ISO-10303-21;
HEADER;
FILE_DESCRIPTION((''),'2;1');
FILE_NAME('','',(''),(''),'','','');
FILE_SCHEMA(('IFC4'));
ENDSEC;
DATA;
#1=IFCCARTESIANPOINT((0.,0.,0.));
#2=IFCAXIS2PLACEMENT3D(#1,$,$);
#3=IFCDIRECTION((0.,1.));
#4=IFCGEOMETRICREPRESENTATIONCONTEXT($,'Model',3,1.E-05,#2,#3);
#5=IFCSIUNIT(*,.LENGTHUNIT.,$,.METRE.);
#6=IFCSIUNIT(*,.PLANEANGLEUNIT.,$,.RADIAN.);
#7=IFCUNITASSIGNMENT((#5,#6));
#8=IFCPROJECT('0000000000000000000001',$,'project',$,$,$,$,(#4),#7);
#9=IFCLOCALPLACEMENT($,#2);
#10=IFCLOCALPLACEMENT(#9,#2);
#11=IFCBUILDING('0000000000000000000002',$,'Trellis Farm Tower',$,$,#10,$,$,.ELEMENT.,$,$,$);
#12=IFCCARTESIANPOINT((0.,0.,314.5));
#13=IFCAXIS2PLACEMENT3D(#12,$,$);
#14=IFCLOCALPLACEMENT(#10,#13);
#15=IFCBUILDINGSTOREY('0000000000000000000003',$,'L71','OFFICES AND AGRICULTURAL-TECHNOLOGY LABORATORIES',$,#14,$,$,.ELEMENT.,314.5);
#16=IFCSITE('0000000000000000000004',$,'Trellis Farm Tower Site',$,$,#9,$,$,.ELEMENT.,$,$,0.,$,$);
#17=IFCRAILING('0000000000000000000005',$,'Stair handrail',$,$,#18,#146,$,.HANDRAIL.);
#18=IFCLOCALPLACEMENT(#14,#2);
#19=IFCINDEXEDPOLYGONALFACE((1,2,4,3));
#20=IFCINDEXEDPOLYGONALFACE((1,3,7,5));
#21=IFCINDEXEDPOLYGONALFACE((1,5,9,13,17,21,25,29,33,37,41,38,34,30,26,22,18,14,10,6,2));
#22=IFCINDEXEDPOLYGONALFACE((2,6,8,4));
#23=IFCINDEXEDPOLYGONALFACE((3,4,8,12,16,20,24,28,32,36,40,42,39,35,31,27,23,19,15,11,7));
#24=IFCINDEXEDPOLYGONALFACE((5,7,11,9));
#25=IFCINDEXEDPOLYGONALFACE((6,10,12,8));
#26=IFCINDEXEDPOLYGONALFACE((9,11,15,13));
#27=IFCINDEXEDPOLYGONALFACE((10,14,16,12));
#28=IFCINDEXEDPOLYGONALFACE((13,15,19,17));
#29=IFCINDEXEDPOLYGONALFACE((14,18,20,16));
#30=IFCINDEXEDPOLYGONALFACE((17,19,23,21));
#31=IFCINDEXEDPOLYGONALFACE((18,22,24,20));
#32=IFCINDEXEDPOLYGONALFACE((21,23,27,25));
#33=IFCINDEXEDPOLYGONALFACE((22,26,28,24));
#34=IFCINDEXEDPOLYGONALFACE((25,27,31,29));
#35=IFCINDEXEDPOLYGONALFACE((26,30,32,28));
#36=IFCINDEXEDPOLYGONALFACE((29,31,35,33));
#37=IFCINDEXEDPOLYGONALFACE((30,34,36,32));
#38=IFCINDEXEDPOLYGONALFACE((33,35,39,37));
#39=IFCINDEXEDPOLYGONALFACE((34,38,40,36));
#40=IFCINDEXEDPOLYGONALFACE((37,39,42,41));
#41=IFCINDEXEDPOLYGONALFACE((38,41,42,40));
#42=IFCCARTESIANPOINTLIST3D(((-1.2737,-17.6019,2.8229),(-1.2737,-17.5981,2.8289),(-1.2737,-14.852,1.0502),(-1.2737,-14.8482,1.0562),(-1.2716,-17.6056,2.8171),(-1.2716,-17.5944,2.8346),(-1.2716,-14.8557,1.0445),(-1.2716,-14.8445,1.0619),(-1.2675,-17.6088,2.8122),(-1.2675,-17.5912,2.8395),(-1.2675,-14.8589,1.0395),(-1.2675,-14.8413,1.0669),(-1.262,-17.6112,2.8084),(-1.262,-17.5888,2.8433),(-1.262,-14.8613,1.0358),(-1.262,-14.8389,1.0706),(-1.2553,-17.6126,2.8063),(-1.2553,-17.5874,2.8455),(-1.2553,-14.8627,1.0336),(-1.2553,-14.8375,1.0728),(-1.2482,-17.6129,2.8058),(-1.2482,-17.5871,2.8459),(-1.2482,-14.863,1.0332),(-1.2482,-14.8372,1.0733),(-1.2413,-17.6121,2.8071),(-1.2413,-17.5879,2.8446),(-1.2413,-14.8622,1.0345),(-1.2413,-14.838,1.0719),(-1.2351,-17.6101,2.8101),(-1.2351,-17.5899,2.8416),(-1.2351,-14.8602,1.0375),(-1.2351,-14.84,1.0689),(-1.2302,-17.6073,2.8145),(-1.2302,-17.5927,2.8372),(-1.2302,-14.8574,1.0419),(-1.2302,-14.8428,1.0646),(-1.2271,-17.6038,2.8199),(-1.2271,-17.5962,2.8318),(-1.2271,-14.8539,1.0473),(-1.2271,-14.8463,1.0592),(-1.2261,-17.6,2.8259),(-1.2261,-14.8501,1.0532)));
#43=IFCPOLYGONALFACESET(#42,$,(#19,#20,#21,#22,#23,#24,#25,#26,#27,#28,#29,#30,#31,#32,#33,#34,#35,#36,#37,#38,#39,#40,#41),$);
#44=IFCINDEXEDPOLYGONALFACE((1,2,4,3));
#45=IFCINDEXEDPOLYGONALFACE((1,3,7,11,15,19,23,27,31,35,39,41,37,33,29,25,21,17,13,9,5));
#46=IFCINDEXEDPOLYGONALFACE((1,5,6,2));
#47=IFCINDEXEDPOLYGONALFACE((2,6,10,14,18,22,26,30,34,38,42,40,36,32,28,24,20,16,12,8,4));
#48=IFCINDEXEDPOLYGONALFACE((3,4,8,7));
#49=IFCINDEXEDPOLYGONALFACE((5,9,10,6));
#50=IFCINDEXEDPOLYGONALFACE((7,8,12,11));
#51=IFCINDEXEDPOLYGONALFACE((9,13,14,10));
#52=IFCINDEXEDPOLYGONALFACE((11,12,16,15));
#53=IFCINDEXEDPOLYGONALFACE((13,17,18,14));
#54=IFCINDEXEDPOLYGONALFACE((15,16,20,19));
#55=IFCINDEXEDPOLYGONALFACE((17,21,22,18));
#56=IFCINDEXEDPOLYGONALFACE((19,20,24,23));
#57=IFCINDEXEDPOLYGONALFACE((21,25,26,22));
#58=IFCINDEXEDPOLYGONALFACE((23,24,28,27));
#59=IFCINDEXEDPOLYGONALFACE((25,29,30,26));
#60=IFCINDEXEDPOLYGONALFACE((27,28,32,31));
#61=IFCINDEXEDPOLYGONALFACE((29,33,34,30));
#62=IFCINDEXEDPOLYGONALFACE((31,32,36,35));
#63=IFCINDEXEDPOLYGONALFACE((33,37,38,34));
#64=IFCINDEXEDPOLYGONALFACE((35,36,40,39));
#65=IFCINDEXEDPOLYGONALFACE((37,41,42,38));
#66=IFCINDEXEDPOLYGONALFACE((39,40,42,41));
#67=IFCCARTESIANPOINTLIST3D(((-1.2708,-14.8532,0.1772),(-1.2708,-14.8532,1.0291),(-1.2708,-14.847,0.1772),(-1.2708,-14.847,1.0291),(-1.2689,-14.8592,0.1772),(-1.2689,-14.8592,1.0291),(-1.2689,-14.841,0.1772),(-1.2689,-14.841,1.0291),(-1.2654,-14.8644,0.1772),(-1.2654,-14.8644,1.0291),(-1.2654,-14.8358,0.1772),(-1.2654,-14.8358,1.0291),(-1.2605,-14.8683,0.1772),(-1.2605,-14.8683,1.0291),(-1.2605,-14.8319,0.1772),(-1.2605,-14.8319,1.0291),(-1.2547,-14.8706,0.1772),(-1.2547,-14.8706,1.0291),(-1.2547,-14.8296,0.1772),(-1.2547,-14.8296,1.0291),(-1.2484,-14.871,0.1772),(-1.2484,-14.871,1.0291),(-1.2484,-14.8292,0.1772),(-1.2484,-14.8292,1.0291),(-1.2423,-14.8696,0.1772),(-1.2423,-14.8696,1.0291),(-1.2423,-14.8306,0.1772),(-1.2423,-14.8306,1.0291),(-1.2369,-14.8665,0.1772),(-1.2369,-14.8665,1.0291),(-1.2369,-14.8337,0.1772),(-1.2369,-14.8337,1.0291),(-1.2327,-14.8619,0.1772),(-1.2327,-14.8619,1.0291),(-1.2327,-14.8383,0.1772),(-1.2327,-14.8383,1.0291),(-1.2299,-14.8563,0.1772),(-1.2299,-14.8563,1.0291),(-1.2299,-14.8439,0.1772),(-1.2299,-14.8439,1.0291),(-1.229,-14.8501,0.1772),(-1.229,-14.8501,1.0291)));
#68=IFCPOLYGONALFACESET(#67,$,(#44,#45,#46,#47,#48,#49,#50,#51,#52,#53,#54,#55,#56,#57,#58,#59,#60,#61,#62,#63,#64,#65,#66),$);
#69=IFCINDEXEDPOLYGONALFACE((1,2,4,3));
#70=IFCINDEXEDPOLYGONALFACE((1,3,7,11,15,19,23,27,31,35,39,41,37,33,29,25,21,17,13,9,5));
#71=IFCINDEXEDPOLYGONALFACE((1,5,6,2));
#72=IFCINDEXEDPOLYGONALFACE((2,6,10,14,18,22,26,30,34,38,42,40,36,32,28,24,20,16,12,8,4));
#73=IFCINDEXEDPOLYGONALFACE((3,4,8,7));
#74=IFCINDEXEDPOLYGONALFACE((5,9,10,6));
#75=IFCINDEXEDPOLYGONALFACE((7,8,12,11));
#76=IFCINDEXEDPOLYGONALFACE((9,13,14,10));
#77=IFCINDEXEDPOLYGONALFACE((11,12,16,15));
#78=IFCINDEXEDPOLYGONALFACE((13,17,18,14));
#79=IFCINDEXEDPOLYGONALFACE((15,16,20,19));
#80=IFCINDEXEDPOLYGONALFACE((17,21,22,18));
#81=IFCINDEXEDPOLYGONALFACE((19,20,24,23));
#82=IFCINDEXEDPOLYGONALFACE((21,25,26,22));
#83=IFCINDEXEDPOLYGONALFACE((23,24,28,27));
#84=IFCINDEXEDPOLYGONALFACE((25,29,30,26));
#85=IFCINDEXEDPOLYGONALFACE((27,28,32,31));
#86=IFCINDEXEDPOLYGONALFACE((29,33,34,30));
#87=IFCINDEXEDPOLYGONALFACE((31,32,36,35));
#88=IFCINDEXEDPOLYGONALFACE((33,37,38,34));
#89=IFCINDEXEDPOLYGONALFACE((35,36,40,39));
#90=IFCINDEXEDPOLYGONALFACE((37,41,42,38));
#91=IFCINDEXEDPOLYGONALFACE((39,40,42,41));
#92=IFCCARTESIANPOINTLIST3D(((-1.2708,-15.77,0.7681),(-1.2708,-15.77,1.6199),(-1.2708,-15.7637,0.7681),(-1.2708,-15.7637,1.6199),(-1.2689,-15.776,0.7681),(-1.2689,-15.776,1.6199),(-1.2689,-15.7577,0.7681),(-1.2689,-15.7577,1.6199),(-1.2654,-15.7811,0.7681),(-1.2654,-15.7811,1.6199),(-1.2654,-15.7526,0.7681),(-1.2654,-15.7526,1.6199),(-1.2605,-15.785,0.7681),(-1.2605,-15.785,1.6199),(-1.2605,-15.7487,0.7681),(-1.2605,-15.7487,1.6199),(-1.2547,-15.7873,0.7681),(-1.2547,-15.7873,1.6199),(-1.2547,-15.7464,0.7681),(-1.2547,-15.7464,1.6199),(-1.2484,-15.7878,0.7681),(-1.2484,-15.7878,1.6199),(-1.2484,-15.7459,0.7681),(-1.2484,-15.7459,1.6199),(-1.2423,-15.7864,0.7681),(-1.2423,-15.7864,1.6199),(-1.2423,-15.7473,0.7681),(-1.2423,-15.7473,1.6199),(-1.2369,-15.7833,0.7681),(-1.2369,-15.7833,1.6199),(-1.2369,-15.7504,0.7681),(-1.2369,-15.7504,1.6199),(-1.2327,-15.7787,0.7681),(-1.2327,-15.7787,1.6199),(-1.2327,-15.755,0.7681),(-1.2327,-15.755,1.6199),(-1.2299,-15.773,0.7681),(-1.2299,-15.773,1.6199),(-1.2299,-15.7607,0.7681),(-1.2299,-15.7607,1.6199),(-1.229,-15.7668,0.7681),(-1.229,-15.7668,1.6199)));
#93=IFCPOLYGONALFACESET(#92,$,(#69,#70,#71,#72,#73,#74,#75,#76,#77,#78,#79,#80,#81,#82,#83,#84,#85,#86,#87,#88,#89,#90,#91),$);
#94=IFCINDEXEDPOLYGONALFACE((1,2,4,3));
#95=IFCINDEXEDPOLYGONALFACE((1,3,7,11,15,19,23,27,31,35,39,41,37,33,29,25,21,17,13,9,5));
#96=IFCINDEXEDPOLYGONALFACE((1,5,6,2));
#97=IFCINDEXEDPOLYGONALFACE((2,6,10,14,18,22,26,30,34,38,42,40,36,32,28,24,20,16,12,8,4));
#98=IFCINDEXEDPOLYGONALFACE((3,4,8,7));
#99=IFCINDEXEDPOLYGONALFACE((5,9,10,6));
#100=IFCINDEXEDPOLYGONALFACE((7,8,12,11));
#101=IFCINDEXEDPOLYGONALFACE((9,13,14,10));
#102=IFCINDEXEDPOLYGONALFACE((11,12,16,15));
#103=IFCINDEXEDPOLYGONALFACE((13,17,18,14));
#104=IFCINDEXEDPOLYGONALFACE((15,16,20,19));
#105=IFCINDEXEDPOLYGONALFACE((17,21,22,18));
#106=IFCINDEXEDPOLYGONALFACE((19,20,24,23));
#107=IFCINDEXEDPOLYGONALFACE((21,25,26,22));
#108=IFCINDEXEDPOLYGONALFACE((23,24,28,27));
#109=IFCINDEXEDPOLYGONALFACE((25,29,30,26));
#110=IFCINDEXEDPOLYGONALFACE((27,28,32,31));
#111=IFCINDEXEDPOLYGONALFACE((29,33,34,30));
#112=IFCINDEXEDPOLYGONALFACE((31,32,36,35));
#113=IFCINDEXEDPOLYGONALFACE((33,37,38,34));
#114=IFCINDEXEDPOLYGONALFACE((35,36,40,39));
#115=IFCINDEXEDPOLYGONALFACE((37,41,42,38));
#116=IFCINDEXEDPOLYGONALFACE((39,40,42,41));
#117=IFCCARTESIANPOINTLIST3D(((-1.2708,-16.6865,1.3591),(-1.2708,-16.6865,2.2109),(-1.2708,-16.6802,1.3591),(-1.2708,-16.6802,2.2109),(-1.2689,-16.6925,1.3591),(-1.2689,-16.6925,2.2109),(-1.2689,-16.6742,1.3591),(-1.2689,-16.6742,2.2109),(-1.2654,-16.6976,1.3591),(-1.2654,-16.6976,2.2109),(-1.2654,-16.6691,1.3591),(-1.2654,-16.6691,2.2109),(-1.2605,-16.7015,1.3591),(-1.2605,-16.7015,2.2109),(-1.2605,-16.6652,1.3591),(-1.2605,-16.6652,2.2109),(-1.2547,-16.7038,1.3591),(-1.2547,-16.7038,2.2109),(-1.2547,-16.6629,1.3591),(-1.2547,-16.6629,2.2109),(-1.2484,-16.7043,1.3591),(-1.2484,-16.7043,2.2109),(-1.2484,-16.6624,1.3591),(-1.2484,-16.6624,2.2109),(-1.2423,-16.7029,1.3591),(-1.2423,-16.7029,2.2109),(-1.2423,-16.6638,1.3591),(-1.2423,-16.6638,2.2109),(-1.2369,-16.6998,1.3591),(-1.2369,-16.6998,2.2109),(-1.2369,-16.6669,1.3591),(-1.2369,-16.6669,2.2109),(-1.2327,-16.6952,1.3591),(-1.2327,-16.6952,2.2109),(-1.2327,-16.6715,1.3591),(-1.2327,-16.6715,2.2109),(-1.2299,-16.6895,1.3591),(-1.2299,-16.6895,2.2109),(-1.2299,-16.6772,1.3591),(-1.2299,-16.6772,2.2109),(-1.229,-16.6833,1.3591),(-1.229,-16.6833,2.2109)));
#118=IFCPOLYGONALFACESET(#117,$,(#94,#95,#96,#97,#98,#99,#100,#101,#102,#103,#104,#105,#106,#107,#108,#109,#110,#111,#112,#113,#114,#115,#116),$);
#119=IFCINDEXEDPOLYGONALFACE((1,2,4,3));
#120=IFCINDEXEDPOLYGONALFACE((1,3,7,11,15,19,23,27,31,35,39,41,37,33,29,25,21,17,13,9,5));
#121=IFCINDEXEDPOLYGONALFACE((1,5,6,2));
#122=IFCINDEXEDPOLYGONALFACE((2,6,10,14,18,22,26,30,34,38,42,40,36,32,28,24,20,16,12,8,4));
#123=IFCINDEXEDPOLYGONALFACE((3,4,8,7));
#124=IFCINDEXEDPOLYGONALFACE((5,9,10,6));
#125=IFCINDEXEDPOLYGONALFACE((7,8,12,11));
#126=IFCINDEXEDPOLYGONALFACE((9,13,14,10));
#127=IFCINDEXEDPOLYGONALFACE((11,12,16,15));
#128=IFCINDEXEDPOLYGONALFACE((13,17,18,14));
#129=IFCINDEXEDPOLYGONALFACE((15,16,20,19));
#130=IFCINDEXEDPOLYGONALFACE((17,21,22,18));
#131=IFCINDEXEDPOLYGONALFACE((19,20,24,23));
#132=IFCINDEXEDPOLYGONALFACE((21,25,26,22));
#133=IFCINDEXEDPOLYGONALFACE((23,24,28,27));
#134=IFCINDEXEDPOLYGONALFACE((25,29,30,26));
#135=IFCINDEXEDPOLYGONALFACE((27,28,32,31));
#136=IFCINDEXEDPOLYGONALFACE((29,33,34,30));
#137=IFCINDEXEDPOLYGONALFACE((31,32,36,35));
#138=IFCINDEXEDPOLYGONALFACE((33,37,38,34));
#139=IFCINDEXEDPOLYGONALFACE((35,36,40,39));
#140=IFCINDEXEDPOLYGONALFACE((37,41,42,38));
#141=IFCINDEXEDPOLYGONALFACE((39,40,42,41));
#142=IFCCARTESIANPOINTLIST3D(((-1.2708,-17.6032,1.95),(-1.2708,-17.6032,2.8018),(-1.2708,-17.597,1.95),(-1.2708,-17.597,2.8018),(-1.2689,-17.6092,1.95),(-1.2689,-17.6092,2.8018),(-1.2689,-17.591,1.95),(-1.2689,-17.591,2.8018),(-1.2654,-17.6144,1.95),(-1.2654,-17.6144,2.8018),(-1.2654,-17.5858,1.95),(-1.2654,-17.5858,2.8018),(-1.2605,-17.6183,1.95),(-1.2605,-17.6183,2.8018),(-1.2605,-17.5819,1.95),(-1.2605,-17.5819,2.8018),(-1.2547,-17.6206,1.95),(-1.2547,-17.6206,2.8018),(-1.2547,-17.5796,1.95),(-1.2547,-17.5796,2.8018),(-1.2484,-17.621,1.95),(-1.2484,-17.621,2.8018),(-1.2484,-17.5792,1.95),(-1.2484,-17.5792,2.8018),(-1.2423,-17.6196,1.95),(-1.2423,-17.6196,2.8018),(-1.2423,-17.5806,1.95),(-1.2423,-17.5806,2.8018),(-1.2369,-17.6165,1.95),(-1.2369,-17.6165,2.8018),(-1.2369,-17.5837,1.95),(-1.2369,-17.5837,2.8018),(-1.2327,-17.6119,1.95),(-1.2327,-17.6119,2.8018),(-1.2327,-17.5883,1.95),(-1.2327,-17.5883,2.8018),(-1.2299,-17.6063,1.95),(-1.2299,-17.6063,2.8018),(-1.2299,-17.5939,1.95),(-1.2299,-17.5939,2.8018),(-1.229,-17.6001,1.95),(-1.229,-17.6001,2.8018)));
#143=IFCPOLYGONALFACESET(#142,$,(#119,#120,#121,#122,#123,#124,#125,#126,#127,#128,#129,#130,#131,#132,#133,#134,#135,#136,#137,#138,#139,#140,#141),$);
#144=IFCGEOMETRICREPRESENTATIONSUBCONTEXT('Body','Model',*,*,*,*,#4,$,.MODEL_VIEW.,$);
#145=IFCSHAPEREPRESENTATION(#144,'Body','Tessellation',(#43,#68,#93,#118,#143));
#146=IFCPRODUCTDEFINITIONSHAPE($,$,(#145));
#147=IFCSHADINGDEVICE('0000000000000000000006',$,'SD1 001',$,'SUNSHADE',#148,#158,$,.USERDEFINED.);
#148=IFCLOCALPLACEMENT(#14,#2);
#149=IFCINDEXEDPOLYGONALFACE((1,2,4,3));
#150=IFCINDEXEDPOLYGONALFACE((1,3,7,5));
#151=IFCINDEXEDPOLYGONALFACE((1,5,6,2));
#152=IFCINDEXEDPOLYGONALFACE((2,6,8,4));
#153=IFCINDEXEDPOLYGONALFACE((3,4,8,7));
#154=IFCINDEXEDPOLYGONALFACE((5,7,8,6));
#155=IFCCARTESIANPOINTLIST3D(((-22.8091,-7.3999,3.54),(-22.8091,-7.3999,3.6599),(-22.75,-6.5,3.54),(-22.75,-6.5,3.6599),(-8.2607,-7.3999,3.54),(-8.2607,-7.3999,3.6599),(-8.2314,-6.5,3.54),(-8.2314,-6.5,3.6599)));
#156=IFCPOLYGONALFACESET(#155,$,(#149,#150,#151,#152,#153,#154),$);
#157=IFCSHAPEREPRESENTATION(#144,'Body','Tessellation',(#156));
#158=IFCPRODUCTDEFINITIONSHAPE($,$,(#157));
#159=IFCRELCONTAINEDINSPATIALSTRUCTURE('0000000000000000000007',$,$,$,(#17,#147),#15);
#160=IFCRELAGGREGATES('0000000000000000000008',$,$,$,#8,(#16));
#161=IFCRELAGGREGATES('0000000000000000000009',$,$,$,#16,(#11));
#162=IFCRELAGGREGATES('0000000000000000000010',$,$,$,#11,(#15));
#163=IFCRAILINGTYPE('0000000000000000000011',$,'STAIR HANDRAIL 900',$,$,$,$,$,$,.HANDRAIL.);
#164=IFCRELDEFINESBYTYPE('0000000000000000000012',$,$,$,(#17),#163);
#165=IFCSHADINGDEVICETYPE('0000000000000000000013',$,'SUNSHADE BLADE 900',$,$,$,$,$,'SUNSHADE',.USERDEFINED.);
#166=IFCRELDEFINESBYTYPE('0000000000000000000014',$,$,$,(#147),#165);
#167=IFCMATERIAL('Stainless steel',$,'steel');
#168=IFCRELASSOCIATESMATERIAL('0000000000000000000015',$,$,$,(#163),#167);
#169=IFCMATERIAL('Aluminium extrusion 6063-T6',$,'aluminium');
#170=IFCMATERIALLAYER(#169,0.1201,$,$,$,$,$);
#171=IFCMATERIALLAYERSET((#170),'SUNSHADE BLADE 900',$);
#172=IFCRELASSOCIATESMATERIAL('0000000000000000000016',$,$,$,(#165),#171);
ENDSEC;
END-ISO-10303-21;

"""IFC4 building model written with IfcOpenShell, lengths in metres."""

from ifc_helpers import new_model, si_unit, direction, frame, origin, origin_2d, place, context, subcontext, project, spatial, polyline, circle, outline, extrude, source, transform, mapped, material, layer, layer_set, type_object, element, save


model = new_model("IFC4")

# Units and contexts
model_context = context("Model", 3, precision=1e-05, world=origin(), true_north=direction((0.0, 1.0)))
body_context = subcontext(model_context, "Body", "Model", "MODEL_VIEW")
ifc_project = project(units=[si_unit("LENGTHUNIT", "METRE"), si_unit("PLANEANGLEUNIT", "RADIAN")], contexts=[model_context])

# Site, building, storey
site_placement = place(None, origin())
site = spatial("IfcSite", under=ifc_project, at=site_placement, Name="Trellis Farm Tower Site", CompositionType="ELEMENT", RefElevation=0.0)
building_placement = place(site_placement, origin())
building = spatial("IfcBuilding", under=site, at=building_placement, Name="Trellis Farm Tower", CompositionType="ELEMENT")
storey_placement = place(building_placement, frame((0.0, 0.0, 314.5)))
storey = spatial("IfcBuildingStorey", under=building, at=storey_placement, Name="L71", Description="OFFICES AND AGRICULTURAL-TECHNOLOGY LABORATORIES", CompositionType="ELEMENT", Elevation=314.5)

# Shared definitions
ifc_material_1 = material(Name="Aluminium extrusion 6063-T6", Category="aluminium")

# Railing
ifc_material_2 = material(Name="Stainless steel", Category="steel")
railing_type = type_object("IfcRailingType", Name="STAIR HANDRAIL 900", PredefinedType="HANDRAIL", material=ifc_material_2)
shared_shape_1 = source(origin(), body_context, "Body", "SweptSolid", [
    extrude(circle(Radius=0.0239, at=origin_2d()), frame((0.0, 0.0, 0.876), z_axis=(0.0, -0.840504, 0.541806), x_axis=(1.0, 0.0, 0.0)), (0.0, 0.0, 1.0), 3.2717),
    extrude(circle(Radius=0.021, at=origin_2d()), origin(), (0.0, 0.0, 1.0), 0.8518),
    extrude(circle(Radius=0.021, at=origin_2d()), frame((0.0, -0.9167, 0.5908)), (0.0, 0.0, 1.0), 0.8518),
    extrude(circle(Radius=0.021, at=origin_2d()), frame((0.0, -1.8333, 1.1819)), (0.0, 0.0, 1.0), 0.8518),
    extrude(circle(Radius=0.021, at=origin_2d()), frame((0.0, -2.75, 1.7727)), (0.0, 0.0, 1.0), 0.8518),
])
railing_placement = place(storey_placement, frame((-1.25, -14.8501, 0.1772)))
element("IfcRailing", 1, at=railing_placement, inside=storey, type_object=railing_type, Name="Stair handrail", PredefinedType="HANDRAIL", context=body_context, shape_type="MappedRepresentation", body=[
    mapped(shared_shape_1, transform((0.0, 0.0, 0.0))),
])

# Shading device
ifc_layer_1 = layer(ifc_material_1, 0.1201)
ifc_layer_set_1 = layer_set([ifc_layer_1], Name="SUNSHADE BLADE 900")
shading_device_type = type_object("IfcShadingDeviceType", Name="SUNSHADE BLADE 900", ElementType="SUNSHADE", PredefinedType="USERDEFINED", material=ifc_layer_set_1)
shared_shape_2 = source(origin(), body_context, "Body", "SweptSolid", [
    extrude(outline(polyline([(-22.8091, -7.3999), (-8.2607, -7.3999), (-8.2314, -6.5), (-22.75, -6.5), (-22.8091, -7.3999)])), origin(), (0.0, 0.0, 1.0), 0.1199),
])
shading_device_placement = place(storey_placement, frame((0.0, 0.0, 3.54)))
element("IfcShadingDevice", 2, at=shading_device_placement, inside=storey, type_object=shading_device_type, Name="SD1 001", ObjectType="SUNSHADE", PredefinedType="USERDEFINED", context=body_context, shape_type="MappedRepresentation", body=[
    mapped(shared_shape_2, transform((0.0, 0.0, 0.0))),
])

save(model, "model.ifc")
